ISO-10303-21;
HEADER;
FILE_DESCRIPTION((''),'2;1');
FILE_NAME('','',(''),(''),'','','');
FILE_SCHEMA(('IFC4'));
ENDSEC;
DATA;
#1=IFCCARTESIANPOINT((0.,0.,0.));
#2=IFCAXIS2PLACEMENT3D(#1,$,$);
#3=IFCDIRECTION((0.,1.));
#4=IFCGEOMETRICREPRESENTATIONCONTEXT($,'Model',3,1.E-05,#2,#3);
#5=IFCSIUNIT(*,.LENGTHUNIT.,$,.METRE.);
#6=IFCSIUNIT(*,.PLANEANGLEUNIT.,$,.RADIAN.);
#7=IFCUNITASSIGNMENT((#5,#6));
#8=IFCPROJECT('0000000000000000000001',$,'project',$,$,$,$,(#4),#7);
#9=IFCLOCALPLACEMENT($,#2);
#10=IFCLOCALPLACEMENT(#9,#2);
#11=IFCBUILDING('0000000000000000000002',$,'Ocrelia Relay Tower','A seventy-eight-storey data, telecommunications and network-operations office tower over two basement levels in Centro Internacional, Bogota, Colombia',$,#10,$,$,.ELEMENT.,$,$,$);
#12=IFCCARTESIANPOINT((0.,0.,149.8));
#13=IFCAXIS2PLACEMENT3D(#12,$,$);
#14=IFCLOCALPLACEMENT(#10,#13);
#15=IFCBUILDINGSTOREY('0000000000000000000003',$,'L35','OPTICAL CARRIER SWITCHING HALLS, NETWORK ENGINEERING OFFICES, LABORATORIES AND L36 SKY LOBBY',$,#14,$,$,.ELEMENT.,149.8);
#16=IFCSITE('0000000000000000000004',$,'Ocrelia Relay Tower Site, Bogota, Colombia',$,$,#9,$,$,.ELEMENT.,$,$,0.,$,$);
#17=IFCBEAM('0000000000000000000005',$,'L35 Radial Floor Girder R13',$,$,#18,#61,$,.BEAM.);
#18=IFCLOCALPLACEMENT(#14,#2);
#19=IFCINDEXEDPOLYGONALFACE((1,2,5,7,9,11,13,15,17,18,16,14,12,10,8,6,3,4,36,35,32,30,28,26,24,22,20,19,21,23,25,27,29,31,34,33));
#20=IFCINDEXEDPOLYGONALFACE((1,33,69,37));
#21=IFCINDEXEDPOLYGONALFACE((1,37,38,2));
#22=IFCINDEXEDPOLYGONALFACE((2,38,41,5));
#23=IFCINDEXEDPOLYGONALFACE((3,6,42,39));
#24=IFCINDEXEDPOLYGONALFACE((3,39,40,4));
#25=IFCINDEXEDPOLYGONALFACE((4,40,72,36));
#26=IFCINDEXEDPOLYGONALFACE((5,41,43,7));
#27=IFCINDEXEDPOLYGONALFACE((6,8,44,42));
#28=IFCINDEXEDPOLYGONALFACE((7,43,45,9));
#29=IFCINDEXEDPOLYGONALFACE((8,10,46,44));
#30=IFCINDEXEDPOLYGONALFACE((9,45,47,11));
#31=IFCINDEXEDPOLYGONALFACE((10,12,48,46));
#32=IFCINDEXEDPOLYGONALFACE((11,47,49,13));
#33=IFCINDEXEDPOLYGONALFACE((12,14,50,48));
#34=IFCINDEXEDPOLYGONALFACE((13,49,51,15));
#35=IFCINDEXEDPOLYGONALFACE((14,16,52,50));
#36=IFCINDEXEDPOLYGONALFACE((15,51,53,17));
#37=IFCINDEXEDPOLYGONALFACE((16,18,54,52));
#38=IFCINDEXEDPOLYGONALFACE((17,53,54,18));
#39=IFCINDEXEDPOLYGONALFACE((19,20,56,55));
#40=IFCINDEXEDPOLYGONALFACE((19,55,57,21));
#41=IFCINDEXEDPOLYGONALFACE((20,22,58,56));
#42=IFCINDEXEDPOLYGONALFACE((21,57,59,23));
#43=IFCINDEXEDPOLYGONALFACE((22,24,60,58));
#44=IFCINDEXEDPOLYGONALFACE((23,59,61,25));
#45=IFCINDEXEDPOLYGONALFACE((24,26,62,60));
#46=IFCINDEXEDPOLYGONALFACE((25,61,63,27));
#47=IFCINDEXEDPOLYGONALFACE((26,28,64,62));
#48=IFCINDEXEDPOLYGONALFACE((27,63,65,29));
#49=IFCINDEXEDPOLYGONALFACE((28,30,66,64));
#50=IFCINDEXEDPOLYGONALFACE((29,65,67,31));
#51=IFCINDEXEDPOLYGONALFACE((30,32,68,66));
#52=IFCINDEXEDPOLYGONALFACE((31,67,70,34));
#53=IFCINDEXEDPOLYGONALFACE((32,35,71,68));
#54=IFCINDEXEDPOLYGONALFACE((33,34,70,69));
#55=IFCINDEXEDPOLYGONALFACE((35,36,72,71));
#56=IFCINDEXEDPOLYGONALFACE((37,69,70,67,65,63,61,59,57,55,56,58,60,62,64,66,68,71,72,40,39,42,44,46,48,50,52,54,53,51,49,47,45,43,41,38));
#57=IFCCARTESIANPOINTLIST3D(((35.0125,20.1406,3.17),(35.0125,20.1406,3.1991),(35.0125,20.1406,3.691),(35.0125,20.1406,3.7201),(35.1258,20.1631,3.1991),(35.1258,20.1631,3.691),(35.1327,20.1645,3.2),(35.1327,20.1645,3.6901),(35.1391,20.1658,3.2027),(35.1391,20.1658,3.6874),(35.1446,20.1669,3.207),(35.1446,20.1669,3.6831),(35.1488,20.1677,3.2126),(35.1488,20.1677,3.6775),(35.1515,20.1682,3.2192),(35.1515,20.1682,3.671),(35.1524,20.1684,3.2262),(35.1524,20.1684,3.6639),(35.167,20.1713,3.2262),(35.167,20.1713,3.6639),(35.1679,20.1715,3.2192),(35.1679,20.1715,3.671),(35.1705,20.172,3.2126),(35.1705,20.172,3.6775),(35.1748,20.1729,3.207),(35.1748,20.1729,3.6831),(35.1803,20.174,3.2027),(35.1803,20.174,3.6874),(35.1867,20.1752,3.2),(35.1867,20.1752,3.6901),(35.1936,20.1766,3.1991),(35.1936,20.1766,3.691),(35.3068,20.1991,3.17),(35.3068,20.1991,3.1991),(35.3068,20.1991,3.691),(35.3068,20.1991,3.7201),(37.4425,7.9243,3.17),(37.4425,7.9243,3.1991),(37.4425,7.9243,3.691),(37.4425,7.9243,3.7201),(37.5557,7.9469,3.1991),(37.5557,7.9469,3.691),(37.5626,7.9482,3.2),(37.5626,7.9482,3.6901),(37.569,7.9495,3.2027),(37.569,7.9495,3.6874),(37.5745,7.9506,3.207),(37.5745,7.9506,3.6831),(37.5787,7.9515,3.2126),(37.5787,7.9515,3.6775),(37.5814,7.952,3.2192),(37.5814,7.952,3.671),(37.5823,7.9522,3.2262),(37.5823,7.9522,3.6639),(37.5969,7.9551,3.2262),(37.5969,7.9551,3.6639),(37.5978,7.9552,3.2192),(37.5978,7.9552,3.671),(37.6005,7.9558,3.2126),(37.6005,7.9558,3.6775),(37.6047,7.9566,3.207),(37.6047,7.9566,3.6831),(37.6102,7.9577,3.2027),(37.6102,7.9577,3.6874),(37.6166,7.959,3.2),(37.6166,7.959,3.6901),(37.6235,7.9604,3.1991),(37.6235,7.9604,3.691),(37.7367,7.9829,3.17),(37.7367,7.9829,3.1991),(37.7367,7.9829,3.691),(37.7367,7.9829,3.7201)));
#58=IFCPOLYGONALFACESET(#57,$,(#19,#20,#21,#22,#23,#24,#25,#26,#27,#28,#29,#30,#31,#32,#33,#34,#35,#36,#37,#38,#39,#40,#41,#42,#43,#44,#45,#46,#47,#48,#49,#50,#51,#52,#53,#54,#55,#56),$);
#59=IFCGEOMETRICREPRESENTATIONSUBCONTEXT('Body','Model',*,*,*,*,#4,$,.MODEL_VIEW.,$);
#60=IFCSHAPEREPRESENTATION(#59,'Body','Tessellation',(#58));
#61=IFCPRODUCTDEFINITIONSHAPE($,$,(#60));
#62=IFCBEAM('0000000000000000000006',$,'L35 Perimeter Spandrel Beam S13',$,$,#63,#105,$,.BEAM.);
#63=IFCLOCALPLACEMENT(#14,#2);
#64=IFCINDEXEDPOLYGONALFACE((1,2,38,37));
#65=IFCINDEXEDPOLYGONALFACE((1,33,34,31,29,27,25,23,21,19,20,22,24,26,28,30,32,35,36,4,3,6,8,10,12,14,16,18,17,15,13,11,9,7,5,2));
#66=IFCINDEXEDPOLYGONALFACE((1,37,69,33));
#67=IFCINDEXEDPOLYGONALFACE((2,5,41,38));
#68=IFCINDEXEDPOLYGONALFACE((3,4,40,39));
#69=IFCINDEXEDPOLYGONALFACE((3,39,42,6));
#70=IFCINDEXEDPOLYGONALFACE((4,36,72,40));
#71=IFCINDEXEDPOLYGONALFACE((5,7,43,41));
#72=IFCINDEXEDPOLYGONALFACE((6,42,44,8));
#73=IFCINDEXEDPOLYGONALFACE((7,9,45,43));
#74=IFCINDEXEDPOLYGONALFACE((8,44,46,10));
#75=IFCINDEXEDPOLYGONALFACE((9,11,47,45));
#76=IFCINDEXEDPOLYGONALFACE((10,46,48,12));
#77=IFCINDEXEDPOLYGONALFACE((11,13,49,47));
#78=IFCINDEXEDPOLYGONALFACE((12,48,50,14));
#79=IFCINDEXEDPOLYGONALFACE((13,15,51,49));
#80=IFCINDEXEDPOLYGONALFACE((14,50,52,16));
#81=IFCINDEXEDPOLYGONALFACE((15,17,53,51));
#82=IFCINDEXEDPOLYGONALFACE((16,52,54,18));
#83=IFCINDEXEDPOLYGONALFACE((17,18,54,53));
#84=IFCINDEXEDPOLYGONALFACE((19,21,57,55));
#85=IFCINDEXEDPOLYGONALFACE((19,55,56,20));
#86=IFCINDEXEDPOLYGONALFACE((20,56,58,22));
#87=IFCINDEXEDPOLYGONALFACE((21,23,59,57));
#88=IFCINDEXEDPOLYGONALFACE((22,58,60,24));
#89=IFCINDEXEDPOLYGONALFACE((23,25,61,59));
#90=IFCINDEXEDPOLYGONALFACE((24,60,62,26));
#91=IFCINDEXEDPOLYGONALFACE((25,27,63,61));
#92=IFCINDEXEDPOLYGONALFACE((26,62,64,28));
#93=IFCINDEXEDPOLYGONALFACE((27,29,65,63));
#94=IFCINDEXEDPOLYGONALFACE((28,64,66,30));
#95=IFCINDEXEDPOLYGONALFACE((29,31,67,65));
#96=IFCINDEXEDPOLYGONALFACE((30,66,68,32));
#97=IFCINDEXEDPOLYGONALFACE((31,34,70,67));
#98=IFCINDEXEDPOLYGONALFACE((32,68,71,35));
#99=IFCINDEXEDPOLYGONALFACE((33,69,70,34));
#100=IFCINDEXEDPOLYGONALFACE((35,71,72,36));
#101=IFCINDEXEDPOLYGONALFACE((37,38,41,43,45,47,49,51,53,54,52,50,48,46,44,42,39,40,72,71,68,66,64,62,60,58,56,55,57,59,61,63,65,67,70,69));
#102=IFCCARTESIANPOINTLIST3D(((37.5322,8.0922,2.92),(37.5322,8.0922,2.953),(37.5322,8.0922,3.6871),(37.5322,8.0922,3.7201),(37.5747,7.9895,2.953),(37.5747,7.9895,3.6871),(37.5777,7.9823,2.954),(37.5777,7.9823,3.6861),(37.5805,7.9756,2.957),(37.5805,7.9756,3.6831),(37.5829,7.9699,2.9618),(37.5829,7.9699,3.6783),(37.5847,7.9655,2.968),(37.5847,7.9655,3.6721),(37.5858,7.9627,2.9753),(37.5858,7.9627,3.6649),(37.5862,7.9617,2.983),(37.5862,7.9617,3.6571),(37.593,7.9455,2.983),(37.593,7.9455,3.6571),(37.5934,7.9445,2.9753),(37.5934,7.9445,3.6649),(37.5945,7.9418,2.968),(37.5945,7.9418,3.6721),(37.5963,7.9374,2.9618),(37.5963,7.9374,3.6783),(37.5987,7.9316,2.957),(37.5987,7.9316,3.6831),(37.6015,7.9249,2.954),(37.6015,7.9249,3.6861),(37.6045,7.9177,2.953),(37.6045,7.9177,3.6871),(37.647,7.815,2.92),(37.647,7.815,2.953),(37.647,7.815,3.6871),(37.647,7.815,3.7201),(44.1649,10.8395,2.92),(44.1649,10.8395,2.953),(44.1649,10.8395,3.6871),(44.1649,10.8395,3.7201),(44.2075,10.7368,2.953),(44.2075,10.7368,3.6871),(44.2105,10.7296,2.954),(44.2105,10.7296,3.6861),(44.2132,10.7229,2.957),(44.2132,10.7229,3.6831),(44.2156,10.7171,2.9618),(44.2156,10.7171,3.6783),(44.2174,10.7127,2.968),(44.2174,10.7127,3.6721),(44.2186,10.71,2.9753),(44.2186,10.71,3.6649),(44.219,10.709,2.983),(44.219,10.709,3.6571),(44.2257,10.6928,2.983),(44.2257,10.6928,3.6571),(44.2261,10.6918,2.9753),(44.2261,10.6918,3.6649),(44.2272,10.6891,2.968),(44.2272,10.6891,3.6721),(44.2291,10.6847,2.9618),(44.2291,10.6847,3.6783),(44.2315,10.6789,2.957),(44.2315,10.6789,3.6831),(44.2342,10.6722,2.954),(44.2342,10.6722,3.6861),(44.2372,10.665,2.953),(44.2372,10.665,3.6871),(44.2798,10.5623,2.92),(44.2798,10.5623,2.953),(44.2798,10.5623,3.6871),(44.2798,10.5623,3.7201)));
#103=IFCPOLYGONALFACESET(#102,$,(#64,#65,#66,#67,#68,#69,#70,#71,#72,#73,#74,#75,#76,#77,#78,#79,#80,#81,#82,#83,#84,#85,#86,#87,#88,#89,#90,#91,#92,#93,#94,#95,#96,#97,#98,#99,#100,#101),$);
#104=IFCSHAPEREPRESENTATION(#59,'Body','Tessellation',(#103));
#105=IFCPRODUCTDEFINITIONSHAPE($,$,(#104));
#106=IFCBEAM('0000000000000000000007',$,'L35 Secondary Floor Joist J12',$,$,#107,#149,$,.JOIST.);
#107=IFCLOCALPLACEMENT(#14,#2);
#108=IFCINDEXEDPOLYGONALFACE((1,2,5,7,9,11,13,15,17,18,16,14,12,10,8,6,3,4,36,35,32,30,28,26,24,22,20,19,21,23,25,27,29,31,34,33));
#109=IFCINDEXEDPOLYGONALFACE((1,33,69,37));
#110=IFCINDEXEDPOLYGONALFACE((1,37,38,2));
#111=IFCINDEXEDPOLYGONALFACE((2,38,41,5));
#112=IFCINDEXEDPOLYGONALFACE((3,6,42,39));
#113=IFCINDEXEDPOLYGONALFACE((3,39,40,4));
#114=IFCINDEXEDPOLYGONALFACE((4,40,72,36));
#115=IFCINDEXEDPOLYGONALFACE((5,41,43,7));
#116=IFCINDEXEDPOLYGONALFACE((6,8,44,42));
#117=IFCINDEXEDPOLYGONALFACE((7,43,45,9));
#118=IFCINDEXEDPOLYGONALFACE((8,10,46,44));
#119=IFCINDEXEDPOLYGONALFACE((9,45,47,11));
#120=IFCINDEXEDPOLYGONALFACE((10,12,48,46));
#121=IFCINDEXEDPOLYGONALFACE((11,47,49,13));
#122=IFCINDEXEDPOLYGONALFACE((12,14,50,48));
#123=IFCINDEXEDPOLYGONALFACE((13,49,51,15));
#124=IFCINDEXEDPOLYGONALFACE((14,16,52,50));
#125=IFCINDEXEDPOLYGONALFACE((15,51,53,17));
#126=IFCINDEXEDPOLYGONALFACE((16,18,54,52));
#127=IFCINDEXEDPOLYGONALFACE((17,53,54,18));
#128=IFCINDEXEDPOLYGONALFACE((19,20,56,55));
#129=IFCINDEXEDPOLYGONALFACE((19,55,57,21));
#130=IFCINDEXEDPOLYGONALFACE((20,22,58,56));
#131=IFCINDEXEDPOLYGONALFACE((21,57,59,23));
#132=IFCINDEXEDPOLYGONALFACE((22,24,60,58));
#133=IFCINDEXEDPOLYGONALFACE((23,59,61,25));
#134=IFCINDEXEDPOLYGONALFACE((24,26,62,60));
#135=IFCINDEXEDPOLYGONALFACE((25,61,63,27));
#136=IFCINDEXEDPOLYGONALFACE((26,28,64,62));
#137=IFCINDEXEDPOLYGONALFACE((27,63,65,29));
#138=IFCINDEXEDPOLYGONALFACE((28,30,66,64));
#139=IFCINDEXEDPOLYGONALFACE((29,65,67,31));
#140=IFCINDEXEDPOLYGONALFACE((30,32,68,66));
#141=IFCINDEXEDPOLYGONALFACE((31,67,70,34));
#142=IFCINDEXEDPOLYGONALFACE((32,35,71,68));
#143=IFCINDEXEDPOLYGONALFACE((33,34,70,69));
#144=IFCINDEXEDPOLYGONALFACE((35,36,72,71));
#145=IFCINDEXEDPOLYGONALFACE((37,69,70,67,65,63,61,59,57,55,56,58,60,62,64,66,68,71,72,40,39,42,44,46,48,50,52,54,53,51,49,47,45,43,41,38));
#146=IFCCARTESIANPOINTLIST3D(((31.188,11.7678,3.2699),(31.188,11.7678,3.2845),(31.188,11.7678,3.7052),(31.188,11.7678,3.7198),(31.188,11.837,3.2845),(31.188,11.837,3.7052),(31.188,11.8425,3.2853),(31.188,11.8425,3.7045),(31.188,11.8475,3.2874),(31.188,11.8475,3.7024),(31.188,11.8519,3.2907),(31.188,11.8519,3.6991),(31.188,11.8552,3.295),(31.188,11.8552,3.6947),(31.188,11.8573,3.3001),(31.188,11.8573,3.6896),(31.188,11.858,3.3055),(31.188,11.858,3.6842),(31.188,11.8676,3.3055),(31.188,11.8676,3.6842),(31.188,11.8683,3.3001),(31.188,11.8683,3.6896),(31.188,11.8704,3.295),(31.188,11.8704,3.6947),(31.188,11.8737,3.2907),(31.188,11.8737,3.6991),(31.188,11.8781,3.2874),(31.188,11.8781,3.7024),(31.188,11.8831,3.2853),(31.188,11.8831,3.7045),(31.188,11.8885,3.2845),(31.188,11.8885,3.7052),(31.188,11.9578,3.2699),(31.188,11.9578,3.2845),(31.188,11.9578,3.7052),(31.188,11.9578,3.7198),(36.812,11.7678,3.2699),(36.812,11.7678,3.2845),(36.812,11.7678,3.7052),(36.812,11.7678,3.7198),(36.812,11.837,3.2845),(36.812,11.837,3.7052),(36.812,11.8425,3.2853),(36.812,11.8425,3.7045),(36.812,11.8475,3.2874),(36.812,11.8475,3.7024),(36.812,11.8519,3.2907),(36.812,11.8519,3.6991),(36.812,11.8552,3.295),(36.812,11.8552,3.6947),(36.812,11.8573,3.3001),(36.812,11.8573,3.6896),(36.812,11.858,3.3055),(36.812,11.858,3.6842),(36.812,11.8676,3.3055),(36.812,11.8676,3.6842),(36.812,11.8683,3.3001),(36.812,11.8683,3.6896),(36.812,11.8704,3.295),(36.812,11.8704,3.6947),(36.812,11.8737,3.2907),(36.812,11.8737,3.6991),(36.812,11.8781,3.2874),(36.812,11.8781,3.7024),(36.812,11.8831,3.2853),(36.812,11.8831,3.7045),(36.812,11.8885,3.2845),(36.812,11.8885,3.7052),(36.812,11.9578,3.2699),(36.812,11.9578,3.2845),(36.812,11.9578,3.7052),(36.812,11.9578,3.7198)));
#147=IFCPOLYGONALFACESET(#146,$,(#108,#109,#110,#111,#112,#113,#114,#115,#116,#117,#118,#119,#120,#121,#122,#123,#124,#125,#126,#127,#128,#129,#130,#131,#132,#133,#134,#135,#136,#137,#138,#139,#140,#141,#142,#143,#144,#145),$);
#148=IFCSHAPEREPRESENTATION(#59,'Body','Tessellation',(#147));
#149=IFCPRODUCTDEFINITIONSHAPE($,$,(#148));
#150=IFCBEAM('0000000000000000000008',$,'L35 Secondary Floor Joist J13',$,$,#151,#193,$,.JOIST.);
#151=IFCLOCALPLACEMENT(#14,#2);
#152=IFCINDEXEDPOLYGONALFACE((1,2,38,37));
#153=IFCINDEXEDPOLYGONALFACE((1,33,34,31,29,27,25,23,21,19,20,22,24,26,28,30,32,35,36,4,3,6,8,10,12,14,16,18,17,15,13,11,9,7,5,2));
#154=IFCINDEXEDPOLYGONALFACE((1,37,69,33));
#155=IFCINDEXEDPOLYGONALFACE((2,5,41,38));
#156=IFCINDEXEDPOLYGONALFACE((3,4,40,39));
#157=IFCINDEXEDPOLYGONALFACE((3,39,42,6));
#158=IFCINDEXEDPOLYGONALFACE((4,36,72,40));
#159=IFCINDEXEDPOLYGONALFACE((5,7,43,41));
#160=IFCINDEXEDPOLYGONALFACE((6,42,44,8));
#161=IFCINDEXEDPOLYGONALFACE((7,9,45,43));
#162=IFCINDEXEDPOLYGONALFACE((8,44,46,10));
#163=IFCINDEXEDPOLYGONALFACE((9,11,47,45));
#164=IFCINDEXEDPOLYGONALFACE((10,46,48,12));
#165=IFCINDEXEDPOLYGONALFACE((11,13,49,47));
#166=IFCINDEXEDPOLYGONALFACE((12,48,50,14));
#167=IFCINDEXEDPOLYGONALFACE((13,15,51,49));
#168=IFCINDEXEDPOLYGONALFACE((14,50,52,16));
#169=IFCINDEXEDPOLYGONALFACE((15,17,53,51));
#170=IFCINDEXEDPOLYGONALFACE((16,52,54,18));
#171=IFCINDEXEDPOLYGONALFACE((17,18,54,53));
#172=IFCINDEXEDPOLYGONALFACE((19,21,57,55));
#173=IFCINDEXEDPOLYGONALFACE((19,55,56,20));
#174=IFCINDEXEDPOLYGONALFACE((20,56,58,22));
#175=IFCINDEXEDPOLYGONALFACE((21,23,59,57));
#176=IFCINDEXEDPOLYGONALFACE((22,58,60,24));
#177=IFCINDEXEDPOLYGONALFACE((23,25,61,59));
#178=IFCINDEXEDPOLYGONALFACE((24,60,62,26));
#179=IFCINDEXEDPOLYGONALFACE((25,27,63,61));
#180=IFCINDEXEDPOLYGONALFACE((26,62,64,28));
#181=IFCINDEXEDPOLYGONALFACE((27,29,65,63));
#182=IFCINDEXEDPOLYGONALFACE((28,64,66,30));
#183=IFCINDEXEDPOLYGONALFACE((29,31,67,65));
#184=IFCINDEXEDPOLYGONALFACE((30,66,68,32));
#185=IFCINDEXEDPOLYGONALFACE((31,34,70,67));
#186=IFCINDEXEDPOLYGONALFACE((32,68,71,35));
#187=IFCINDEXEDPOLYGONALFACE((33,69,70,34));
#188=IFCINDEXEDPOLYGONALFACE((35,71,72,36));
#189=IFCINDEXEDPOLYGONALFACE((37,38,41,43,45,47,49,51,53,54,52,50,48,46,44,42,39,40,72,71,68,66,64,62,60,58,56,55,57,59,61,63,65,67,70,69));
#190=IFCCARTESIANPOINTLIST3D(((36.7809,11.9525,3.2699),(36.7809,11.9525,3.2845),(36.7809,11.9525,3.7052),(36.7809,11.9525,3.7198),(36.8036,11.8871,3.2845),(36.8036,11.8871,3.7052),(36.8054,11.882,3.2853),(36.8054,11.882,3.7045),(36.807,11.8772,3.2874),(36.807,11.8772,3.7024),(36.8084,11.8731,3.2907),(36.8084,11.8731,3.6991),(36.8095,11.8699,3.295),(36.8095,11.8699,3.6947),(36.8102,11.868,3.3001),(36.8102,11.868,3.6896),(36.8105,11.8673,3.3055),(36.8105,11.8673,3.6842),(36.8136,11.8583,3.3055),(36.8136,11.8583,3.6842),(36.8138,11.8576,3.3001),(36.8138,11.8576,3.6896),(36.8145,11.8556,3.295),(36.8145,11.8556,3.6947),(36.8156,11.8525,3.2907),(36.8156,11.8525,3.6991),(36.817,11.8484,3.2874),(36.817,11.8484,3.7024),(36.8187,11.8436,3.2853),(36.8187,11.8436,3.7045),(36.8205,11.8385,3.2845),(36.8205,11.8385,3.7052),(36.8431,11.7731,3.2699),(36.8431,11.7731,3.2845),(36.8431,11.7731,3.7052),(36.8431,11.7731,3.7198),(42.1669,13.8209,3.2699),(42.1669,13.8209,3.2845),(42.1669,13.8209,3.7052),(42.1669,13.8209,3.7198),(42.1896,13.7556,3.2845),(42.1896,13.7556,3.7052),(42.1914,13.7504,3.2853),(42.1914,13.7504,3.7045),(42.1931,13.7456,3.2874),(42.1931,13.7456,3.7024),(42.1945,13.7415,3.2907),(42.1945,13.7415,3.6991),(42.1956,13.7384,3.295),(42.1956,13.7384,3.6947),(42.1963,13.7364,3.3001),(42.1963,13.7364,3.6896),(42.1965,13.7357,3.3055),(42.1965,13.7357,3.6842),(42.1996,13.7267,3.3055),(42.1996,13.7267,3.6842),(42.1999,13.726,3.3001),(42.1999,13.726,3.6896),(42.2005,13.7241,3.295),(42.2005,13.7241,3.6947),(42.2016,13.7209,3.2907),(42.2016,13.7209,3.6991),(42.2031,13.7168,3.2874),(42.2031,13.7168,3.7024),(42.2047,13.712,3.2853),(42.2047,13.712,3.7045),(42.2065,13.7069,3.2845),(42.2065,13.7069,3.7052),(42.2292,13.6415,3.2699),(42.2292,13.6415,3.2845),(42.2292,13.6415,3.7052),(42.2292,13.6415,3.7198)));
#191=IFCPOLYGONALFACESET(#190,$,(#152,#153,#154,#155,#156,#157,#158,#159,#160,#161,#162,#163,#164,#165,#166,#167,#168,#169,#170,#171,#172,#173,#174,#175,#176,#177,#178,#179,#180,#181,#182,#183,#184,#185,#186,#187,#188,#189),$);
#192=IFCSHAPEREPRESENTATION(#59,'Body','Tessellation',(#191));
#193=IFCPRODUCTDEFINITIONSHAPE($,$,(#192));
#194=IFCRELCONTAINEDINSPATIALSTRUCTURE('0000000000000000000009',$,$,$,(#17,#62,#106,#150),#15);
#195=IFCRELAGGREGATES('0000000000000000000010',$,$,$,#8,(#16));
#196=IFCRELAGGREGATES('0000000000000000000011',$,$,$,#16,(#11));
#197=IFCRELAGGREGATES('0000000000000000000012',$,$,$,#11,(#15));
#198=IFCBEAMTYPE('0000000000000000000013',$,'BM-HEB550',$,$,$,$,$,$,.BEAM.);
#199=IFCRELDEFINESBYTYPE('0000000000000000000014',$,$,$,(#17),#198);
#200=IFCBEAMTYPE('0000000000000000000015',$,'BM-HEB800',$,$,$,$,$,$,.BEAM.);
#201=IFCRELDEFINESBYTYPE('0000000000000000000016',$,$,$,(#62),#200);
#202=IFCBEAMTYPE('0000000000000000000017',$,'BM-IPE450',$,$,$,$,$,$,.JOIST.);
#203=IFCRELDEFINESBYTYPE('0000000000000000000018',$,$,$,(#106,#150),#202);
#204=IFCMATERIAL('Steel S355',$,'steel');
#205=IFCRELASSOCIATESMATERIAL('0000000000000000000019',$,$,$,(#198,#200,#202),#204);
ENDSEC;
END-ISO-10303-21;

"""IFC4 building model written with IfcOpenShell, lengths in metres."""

from ifc_helpers import new_model, si_unit, direction, frame, origin, origin_2d, place, context, subcontext, project, spatial, i_section, extrude, material, material_profile, profile_set, type_object, element, save


model = new_model("IFC4")

# Units and contexts
model_context = context("Model", 3, precision=1e-05, world=origin(), true_north=direction((0.0, 1.0)))
body_context = subcontext(model_context, "Body", "Model", "MODEL_VIEW")
ifc_project = project(units=[si_unit("LENGTHUNIT", "METRE"), si_unit("PLANEANGLEUNIT", "RADIAN")], contexts=[model_context])

# Site, building, storey
site_placement = place(None, origin())
site = spatial("IfcSite", under=ifc_project, at=site_placement, Name="Ocrelia Relay Tower Site, Bogota, Colombia", CompositionType="ELEMENT", RefElevation=0.0)
building_placement = place(site_placement, origin())
building = spatial("IfcBuilding", under=site, at=building_placement, Name="Ocrelia Relay Tower", Description="A seventy-eight-storey data, telecommunications and network-operations office tower over two basement levels in Centro Internacional, Bogota, Colombia", CompositionType="ELEMENT")
storey_placement = place(building_placement, frame((0.0, 0.0, 149.8)))
storey = spatial("IfcBuildingStorey", under=building, at=storey_placement, Name="L35", Description="OPTICAL CARRIER SWITCHING HALLS, NETWORK ENGINEERING OFFICES, LABORATORIES AND L36 SKY LOBBY", CompositionType="ELEMENT", Elevation=149.8)

# Beams
ifc_material_1 = material(Name="Steel S355", Category="steel")
ifc_material_profile_1 = material_profile(ifc_material_1, i_section(OverallWidth=0.3, OverallDepth=0.55, WebThickness=0.0149, FlangeThickness=0.0291, FilletRadius=0.0271, at=origin_2d()), Name="HEB 550")
ifc_profile_set_1 = profile_set([ifc_material_profile_1], Name="Steel S355")
beam_type_1 = type_object("IfcBeamType", Name="BM-HEB550", PredefinedType="BEAM", material=ifc_profile_set_1)
beam_1_placement = place(storey_placement, frame((37.5896, 7.9536, 3.4451), z_axis=(-0.195087, 0.980786, 0.0), x_axis=(-0.980786, -0.195087, 0.0)))
element("IfcBeam", 1, at=beam_1_placement, inside=storey, type_object=beam_type_1, Name="L35 Radial Floor Girder R13", PredefinedType="BEAM", context=body_context, shape_type="SweptSolid", body=[
    extrude(i_section(OverallWidth=0.3, OverallDepth=0.55, WebThickness=0.0149, FlangeThickness=0.0291, FilletRadius=0.0271, at=origin_2d()), origin(), (0.0, 0.0, 1.0), 12.4556),
])
ifc_material_profile_2 = material_profile(ifc_material_1, i_section(OverallWidth=0.3, OverallDepth=0.8, WebThickness=0.0176, FlangeThickness=0.033, FilletRadius=0.03, at=origin_2d()), Name="HEB 800")
ifc_profile_set_2 = profile_set([ifc_material_profile_2], Name="Steel S355")
beam_type_2 = type_object("IfcBeamType", Name="BM-HEB800", PredefinedType="BEAM", material=ifc_profile_set_2)
beam_2_placement = place(storey_placement, frame((37.5896, 7.9536, 3.3201), z_axis=(0.923884, 0.382673, 0.0), x_axis=(-0.382673, 0.923884, 0.0)))
element("IfcBeam", 2, at=beam_2_placement, inside=storey, type_object=beam_type_2, Name="L35 Perimeter Spandrel Beam S13", PredefinedType="BEAM", context=body_context, shape_type="SweptSolid", body=[
    extrude(i_section(OverallWidth=0.3, OverallDepth=0.8, WebThickness=0.0176, FlangeThickness=0.033, FilletRadius=0.03, at=origin_2d()), origin(), (0.0, 0.0, 1.0), 7.1792),
])
ifc_material_profile_3 = material_profile(ifc_material_1, i_section(OverallWidth=0.1899, OverallDepth=0.45, WebThickness=0.0095, FlangeThickness=0.0146, FilletRadius=0.021, at=origin_2d()), Name="IPE 450")
ifc_profile_set_3 = profile_set([ifc_material_profile_3], Name="Steel S355")
beam_type_3 = type_object("IfcBeamType", Name="BM-IPE450", PredefinedType="JOIST", material=ifc_profile_set_3)
beam_3_placement = place(storey_placement, frame((31.188, 11.8628, 3.4949), z_axis=(1.0, 0.0, 0.0), x_axis=(0.0, 1.0, 0.0)))
element("IfcBeam", 3, at=beam_3_placement, inside=storey, type_object=beam_type_3, Name="L35 Secondary Floor Joist J12", PredefinedType="JOIST", context=body_context, shape_type="SweptSolid", body=[
    extrude(i_section(OverallWidth=0.1899, OverallDepth=0.45, WebThickness=0.0095, FlangeThickness=0.0146, FilletRadius=0.021, at=origin_2d()), origin(), (0.0, 0.0, 1.0), 5.624),
])
beam_4_placement = place(storey_placement, frame((36.812, 11.8628, 3.4949), z_axis=(0.944767, 0.327741, 0.0), x_axis=(-0.327741, 0.944767, 0.0)))
element("IfcBeam", 4, at=beam_4_placement, inside=storey, type_object=beam_type_3, Name="L35 Secondary Floor Joist J13", PredefinedType="JOIST", context=body_context, shape_type="SweptSolid", body=[
    extrude(i_section(OverallWidth=0.1899, OverallDepth=0.45, WebThickness=0.0095, FlangeThickness=0.0146, FilletRadius=0.021, at=origin_2d()), origin(), (0.0, 0.0, 1.0), 5.7009),
])

save(model, "model.ifc")
